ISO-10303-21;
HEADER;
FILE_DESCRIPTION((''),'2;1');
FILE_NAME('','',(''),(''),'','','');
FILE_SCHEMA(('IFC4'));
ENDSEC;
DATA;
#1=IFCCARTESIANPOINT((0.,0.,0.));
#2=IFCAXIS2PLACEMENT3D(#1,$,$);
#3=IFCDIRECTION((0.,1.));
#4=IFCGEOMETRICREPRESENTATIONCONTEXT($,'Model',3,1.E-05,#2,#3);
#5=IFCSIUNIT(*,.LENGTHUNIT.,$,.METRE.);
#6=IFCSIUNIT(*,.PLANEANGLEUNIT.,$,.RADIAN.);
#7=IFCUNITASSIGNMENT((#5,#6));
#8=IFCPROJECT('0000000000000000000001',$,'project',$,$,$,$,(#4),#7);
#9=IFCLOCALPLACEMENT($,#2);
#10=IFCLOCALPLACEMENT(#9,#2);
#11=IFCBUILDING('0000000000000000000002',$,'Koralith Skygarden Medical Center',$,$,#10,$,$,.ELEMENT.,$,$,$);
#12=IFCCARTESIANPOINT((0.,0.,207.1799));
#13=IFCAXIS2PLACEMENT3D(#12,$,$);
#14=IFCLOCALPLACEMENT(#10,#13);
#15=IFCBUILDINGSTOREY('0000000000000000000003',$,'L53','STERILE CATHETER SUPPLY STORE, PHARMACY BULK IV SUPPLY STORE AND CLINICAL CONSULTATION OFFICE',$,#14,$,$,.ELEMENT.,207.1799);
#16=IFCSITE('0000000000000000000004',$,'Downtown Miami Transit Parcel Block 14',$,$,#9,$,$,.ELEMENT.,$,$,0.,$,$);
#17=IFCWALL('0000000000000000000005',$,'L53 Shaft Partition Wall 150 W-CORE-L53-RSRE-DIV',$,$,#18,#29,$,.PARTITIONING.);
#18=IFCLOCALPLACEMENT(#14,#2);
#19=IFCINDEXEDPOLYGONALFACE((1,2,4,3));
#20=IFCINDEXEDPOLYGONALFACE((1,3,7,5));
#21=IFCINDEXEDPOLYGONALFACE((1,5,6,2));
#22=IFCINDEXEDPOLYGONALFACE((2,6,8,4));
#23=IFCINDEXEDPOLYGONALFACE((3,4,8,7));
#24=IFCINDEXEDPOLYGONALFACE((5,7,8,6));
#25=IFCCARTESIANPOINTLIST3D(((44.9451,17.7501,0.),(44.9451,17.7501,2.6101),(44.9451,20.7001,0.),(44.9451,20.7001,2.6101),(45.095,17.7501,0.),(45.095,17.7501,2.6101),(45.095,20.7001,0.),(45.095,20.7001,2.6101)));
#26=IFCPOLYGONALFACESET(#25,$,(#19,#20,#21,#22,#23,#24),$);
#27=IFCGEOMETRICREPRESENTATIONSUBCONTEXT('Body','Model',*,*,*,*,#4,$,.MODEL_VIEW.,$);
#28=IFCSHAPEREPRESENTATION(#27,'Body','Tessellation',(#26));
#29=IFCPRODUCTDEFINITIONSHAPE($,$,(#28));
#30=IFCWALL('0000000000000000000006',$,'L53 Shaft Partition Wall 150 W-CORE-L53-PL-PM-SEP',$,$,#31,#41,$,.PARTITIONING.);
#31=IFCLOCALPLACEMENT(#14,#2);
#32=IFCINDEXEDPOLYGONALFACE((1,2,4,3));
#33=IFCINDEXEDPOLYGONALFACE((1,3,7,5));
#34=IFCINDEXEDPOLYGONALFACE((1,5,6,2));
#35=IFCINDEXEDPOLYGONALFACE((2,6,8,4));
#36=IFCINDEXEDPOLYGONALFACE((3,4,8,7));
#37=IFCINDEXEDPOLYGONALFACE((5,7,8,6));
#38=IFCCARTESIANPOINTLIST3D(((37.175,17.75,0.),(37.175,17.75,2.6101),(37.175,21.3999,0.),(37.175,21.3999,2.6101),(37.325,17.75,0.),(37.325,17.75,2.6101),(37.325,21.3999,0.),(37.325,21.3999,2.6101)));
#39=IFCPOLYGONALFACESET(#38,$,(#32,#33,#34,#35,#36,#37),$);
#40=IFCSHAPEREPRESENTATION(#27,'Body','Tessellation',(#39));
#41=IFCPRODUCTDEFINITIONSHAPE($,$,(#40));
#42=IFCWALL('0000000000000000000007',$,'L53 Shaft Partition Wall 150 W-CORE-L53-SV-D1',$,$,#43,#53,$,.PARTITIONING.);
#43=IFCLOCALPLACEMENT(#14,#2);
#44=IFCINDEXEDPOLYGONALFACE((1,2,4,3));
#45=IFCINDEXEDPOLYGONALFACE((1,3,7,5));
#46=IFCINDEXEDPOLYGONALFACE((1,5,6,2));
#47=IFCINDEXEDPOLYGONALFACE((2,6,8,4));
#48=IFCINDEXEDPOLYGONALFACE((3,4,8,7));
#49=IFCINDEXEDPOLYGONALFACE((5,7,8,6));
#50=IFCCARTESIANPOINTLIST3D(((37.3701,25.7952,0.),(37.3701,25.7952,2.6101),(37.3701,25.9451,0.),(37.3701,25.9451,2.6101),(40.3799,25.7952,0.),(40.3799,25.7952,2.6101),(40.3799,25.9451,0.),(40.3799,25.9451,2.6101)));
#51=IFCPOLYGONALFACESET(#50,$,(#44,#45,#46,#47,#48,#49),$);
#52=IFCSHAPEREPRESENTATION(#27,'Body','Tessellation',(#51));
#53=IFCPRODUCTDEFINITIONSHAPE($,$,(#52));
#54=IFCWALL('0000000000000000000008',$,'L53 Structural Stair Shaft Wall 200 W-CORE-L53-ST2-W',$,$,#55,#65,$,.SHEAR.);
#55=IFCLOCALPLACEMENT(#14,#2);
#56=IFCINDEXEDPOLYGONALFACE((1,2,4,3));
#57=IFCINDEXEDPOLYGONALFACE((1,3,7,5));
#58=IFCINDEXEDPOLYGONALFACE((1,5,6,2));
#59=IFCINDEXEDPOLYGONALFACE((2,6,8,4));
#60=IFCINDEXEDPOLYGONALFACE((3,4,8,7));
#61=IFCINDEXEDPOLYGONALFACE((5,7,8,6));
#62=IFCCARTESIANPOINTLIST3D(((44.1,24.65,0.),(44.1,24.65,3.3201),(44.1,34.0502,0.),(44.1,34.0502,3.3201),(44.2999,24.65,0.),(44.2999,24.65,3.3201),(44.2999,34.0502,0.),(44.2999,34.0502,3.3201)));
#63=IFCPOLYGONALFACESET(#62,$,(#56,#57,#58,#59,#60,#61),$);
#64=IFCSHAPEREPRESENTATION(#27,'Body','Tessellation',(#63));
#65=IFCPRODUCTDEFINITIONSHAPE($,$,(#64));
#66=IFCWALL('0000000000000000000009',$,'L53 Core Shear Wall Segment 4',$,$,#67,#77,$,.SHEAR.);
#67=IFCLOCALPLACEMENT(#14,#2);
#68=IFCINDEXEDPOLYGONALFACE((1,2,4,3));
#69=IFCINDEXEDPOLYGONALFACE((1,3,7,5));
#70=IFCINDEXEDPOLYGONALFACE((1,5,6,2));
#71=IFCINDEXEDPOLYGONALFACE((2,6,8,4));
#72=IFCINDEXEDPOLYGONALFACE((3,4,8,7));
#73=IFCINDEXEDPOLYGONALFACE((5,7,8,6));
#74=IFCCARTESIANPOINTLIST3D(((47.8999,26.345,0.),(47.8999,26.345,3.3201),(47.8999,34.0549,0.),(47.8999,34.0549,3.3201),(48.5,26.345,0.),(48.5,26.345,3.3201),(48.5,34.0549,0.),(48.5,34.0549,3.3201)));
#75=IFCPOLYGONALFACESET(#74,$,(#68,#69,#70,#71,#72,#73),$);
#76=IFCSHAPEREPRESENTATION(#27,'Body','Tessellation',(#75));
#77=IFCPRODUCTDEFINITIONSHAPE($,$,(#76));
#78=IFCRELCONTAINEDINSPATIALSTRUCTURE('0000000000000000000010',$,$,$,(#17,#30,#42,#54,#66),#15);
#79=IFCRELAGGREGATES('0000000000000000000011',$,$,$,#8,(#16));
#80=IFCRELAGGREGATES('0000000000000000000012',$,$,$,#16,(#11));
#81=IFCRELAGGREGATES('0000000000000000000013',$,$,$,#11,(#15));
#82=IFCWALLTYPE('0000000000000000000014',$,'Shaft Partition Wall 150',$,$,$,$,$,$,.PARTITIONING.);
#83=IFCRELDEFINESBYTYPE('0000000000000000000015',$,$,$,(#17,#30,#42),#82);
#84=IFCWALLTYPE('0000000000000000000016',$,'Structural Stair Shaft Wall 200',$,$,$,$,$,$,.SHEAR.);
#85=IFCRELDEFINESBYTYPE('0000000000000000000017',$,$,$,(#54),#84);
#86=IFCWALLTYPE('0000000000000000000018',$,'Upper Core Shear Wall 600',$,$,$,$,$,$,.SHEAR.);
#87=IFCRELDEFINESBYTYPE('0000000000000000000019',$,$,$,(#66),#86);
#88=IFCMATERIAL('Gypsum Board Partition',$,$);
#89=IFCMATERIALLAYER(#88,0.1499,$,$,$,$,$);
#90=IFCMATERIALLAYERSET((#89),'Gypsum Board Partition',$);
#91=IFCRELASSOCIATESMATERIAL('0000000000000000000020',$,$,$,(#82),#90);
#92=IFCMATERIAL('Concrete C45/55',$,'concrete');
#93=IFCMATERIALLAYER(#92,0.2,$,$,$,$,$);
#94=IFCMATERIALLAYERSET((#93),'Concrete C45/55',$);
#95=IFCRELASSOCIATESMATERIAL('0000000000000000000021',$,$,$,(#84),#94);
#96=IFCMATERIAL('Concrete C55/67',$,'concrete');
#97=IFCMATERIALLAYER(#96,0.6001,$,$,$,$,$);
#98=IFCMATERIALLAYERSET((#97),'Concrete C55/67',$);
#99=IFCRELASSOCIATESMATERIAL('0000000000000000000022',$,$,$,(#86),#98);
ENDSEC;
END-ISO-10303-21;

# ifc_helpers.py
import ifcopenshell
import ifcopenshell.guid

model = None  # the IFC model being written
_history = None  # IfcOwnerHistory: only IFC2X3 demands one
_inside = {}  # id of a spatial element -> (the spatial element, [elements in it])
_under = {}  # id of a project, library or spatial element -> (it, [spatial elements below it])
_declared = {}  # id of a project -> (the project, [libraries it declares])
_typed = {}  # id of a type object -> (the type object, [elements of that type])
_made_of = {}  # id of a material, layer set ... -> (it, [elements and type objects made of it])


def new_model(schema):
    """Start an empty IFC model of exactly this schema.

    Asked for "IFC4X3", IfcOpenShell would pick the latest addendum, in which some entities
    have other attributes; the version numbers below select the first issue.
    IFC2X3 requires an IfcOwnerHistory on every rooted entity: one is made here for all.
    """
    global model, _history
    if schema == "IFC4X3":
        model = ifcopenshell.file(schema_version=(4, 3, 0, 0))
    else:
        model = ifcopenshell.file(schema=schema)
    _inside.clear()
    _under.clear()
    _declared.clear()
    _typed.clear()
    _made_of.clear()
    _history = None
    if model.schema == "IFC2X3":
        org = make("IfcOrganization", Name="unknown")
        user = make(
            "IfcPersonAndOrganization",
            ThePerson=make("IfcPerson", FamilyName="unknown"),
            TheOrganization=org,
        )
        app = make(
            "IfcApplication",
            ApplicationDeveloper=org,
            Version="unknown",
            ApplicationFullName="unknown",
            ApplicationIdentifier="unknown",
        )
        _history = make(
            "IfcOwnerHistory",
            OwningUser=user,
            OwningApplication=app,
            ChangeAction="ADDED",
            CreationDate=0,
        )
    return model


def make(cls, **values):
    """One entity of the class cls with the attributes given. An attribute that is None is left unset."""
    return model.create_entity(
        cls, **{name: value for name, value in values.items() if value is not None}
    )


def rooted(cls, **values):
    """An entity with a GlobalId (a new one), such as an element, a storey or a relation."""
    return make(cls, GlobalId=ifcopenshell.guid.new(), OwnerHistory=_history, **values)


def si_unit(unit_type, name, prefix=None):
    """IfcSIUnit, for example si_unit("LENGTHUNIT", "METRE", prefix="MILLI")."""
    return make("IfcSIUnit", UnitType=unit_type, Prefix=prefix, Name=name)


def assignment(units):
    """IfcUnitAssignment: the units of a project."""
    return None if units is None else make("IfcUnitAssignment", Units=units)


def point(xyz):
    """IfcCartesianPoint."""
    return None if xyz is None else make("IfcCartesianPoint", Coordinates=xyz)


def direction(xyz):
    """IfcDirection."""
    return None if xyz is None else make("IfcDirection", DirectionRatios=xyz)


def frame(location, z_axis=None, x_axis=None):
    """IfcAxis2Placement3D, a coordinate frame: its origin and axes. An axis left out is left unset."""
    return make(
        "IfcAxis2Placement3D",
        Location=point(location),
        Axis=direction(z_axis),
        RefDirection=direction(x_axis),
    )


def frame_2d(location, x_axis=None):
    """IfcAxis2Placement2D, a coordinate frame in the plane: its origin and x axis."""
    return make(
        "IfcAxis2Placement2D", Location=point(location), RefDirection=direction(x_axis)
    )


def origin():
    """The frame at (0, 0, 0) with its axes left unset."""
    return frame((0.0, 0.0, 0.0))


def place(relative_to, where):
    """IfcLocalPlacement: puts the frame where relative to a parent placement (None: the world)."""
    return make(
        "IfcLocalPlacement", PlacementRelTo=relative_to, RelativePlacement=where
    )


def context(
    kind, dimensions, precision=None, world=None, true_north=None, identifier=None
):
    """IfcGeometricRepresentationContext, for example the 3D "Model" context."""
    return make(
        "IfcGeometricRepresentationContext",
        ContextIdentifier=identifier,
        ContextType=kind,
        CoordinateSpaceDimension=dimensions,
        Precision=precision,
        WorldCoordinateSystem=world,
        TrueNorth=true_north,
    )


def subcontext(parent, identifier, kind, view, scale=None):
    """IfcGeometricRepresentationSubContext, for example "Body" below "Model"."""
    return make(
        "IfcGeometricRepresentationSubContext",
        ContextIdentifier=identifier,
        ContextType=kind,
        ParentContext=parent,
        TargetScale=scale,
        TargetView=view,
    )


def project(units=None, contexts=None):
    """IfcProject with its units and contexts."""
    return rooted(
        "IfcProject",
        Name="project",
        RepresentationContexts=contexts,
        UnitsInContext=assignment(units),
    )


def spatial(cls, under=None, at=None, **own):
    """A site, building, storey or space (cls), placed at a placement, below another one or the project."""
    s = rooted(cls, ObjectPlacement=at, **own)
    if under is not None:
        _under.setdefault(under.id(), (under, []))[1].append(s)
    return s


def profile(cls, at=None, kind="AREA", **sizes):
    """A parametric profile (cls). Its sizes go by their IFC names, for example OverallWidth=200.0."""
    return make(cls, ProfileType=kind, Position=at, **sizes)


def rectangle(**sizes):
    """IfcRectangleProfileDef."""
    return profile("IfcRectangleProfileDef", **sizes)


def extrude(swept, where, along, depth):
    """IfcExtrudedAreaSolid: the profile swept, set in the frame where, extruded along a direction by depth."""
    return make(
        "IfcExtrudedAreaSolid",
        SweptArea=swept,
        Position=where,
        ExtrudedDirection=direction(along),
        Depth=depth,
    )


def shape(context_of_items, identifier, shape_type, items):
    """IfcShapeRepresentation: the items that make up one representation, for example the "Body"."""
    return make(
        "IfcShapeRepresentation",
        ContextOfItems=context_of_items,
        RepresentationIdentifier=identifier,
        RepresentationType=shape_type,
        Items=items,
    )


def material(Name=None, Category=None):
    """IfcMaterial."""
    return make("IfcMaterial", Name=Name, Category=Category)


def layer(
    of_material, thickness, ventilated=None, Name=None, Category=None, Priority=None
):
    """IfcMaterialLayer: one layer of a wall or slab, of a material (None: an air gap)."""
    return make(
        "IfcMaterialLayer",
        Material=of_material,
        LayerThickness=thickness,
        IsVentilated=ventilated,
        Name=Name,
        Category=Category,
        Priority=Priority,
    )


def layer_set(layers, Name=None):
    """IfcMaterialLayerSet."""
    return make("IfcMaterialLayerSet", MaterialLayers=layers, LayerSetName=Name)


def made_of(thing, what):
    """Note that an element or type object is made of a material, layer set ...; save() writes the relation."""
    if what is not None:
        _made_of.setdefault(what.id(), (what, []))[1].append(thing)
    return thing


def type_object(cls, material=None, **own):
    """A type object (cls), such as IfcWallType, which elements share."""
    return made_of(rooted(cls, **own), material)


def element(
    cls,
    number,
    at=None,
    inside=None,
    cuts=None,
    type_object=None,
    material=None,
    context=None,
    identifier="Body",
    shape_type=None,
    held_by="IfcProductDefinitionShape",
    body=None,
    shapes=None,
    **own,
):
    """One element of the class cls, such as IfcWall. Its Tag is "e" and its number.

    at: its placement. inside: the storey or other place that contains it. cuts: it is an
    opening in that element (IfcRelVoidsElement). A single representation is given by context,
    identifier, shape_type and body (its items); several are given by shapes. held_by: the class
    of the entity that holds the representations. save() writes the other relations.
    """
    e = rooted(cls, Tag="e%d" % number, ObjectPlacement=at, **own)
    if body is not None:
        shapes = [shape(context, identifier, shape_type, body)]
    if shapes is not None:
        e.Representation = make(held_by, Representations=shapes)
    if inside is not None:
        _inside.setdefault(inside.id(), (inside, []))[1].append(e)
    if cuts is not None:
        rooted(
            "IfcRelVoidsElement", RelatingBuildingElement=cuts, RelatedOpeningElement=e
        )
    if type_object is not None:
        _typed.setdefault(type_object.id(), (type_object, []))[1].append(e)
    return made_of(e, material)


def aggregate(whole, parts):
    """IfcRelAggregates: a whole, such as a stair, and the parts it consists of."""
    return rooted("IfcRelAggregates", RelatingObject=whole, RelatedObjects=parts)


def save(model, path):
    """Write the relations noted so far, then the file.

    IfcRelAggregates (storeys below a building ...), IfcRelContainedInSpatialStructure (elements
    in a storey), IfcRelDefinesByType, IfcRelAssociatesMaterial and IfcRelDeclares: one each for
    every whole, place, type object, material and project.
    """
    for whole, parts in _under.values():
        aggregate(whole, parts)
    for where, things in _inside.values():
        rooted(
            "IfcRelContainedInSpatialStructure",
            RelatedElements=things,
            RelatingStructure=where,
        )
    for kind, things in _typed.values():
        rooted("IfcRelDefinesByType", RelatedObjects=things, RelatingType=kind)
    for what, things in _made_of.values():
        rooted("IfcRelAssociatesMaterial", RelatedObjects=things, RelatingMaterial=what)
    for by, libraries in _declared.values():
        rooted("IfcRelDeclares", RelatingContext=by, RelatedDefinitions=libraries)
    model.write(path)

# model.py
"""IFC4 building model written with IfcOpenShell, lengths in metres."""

from ifc_helpers import new_model, si_unit, direction, frame, frame_2d, origin, place, context, subcontext, project, spatial, rectangle, extrude, material, layer, layer_set, type_object, element, save


model = new_model("IFC4")

# Units and contexts
model_context = context("Model", 3, precision=1e-05, world=origin(), true_north=direction((0.0, 1.0)))
body_context = subcontext(model_context, "Body", "Model", "MODEL_VIEW")
ifc_project = project(units=[si_unit("LENGTHUNIT", "METRE"), si_unit("PLANEANGLEUNIT", "RADIAN")], contexts=[model_context])

# Site, building, storey
site_placement = place(None, origin())
site = spatial("IfcSite", under=ifc_project, at=site_placement, Name="Downtown Miami Transit Parcel Block 14", CompositionType="ELEMENT", RefElevation=0.0)
building_placement = place(site_placement, origin())
building = spatial("IfcBuilding", under=site, at=building_placement, Name="Koralith Skygarden Medical Center", CompositionType="ELEMENT")
storey_placement = place(building_placement, frame((0.0, 0.0, 207.1799)))
storey = spatial("IfcBuildingStorey", under=building, at=storey_placement, Name="L53", Description="STERILE CATHETER SUPPLY STORE, PHARMACY BULK IV SUPPLY STORE AND CLINICAL CONSULTATION OFFICE", CompositionType="ELEMENT", Elevation=207.1799)

# Shared definitions
ifc_material_1 = material(Name="Concrete C55/67", Category="concrete")

# Shared definitions
ifc_material_2 = material(Name="Concrete C45/55", Category="concrete")

# Shared definitions
ifc_material_3 = material(Name="Gypsum Board Partition")

# Walls
ifc_layer_1 = layer(ifc_material_3, 0.1499)
ifc_layer_set_1 = layer_set([ifc_layer_1], Name="Gypsum Board Partition")
wall_type_1 = type_object("IfcWallType", Name="Shaft Partition Wall 150", PredefinedType="PARTITIONING", material=ifc_layer_set_1)
wall_1_placement = place(storey_placement, frame((45.02, 17.75, 0.0), z_axis=(0.0, 0.0, 1.0), x_axis=(0.0, 1.0, 0.0)))
element("IfcWall", 1, at=wall_1_placement, inside=storey, type_object=wall_type_1, Name="L53 Shaft Partition Wall 150 W-CORE-L53-RSRE-DIV", PredefinedType="PARTITIONING", context=body_context, shape_type="SweptSolid", body=[
    extrude(rectangle(XDim=2.95, YDim=0.1499, at=frame_2d((1.4751, 0.0))), origin(), (0.0, 0.0, 1.0), 2.6101),
])
wall_2_placement = place(storey_placement, frame((37.25, 17.75, 0.0), z_axis=(0.0, 0.0, 1.0), x_axis=(0.0, 1.0, 0.0)))
element("IfcWall", 2, at=wall_2_placement, inside=storey, type_object=wall_type_1, Name="L53 Shaft Partition Wall 150 W-CORE-L53-PL-PM-SEP", PredefinedType="PARTITIONING", context=body_context, shape_type="SweptSolid", body=[
    extrude(rectangle(XDim=3.6499, YDim=0.1499, at=frame_2d((1.825, 0.0))), origin(), (0.0, 0.0, 1.0), 2.6101),
])
wall_3_placement = place(storey_placement, frame((37.3701, 25.8701, 0.0), z_axis=(0.0, 0.0, 1.0), x_axis=(1.0, 0.0, 0.0)))
element("IfcWall", 3, at=wall_3_placement, inside=storey, type_object=wall_type_1, Name="L53 Shaft Partition Wall 150 W-CORE-L53-SV-D1", PredefinedType="PARTITIONING", context=body_context, shape_type="SweptSolid", body=[
    extrude(rectangle(XDim=3.0098, YDim=0.1499, at=frame_2d((1.5049, 0.0))), origin(), (0.0, 0.0, 1.0), 2.6101),
])
ifc_layer_2 = layer(ifc_material_2, 0.2)
ifc_layer_set_2 = layer_set([ifc_layer_2], Name="Concrete C45/55")
wall_type_2 = type_object("IfcWallType", Name="Structural Stair Shaft Wall 200", PredefinedType="SHEAR", material=ifc_layer_set_2)
wall_4_placement = place(storey_placement, frame((44.2, 24.6499, 0.0), z_axis=(0.0, 0.0, 1.0), x_axis=(0.0, 1.0, 0.0)))
element("IfcWall", 4, at=wall_4_placement, inside=storey, type_object=wall_type_2, Name="L53 Structural Stair Shaft Wall 200 W-CORE-L53-ST2-W", PredefinedType="SHEAR", context=body_context, shape_type="SweptSolid", body=[
    extrude(rectangle(XDim=9.4001, YDim=0.2, at=frame_2d((4.7002, 0.0))), origin(), (0.0, 0.0, 1.0), 3.3201),
])

# Shared definitions
ifc_layer_3 = layer(ifc_material_1, 0.6001)
ifc_layer_set_3 = layer_set([ifc_layer_3], Name="Concrete C55/67")
wall_type_3 = type_object("IfcWallType", Name="Upper Core Shear Wall 600", PredefinedType="SHEAR", material=ifc_layer_set_3)

# Wall
wall_5_placement = place(storey_placement, frame((48.2, 26.345, 0.0), z_axis=(0.0, 0.0, 1.0), x_axis=(0.0, 1.0, 0.0)))
element("IfcWall", 5, at=wall_5_placement, inside=storey, type_object=wall_type_3, Name="L53 Core Shear Wall Segment 4", PredefinedType="SHEAR", context=body_context, shape_type="SweptSolid", body=[
    extrude(rectangle(XDim=7.71, YDim=0.6001, at=frame_2d((3.855, 0.0))), origin(), (0.0, 0.0, 1.0), 3.3201),
])

save(model, "model.ifc")
